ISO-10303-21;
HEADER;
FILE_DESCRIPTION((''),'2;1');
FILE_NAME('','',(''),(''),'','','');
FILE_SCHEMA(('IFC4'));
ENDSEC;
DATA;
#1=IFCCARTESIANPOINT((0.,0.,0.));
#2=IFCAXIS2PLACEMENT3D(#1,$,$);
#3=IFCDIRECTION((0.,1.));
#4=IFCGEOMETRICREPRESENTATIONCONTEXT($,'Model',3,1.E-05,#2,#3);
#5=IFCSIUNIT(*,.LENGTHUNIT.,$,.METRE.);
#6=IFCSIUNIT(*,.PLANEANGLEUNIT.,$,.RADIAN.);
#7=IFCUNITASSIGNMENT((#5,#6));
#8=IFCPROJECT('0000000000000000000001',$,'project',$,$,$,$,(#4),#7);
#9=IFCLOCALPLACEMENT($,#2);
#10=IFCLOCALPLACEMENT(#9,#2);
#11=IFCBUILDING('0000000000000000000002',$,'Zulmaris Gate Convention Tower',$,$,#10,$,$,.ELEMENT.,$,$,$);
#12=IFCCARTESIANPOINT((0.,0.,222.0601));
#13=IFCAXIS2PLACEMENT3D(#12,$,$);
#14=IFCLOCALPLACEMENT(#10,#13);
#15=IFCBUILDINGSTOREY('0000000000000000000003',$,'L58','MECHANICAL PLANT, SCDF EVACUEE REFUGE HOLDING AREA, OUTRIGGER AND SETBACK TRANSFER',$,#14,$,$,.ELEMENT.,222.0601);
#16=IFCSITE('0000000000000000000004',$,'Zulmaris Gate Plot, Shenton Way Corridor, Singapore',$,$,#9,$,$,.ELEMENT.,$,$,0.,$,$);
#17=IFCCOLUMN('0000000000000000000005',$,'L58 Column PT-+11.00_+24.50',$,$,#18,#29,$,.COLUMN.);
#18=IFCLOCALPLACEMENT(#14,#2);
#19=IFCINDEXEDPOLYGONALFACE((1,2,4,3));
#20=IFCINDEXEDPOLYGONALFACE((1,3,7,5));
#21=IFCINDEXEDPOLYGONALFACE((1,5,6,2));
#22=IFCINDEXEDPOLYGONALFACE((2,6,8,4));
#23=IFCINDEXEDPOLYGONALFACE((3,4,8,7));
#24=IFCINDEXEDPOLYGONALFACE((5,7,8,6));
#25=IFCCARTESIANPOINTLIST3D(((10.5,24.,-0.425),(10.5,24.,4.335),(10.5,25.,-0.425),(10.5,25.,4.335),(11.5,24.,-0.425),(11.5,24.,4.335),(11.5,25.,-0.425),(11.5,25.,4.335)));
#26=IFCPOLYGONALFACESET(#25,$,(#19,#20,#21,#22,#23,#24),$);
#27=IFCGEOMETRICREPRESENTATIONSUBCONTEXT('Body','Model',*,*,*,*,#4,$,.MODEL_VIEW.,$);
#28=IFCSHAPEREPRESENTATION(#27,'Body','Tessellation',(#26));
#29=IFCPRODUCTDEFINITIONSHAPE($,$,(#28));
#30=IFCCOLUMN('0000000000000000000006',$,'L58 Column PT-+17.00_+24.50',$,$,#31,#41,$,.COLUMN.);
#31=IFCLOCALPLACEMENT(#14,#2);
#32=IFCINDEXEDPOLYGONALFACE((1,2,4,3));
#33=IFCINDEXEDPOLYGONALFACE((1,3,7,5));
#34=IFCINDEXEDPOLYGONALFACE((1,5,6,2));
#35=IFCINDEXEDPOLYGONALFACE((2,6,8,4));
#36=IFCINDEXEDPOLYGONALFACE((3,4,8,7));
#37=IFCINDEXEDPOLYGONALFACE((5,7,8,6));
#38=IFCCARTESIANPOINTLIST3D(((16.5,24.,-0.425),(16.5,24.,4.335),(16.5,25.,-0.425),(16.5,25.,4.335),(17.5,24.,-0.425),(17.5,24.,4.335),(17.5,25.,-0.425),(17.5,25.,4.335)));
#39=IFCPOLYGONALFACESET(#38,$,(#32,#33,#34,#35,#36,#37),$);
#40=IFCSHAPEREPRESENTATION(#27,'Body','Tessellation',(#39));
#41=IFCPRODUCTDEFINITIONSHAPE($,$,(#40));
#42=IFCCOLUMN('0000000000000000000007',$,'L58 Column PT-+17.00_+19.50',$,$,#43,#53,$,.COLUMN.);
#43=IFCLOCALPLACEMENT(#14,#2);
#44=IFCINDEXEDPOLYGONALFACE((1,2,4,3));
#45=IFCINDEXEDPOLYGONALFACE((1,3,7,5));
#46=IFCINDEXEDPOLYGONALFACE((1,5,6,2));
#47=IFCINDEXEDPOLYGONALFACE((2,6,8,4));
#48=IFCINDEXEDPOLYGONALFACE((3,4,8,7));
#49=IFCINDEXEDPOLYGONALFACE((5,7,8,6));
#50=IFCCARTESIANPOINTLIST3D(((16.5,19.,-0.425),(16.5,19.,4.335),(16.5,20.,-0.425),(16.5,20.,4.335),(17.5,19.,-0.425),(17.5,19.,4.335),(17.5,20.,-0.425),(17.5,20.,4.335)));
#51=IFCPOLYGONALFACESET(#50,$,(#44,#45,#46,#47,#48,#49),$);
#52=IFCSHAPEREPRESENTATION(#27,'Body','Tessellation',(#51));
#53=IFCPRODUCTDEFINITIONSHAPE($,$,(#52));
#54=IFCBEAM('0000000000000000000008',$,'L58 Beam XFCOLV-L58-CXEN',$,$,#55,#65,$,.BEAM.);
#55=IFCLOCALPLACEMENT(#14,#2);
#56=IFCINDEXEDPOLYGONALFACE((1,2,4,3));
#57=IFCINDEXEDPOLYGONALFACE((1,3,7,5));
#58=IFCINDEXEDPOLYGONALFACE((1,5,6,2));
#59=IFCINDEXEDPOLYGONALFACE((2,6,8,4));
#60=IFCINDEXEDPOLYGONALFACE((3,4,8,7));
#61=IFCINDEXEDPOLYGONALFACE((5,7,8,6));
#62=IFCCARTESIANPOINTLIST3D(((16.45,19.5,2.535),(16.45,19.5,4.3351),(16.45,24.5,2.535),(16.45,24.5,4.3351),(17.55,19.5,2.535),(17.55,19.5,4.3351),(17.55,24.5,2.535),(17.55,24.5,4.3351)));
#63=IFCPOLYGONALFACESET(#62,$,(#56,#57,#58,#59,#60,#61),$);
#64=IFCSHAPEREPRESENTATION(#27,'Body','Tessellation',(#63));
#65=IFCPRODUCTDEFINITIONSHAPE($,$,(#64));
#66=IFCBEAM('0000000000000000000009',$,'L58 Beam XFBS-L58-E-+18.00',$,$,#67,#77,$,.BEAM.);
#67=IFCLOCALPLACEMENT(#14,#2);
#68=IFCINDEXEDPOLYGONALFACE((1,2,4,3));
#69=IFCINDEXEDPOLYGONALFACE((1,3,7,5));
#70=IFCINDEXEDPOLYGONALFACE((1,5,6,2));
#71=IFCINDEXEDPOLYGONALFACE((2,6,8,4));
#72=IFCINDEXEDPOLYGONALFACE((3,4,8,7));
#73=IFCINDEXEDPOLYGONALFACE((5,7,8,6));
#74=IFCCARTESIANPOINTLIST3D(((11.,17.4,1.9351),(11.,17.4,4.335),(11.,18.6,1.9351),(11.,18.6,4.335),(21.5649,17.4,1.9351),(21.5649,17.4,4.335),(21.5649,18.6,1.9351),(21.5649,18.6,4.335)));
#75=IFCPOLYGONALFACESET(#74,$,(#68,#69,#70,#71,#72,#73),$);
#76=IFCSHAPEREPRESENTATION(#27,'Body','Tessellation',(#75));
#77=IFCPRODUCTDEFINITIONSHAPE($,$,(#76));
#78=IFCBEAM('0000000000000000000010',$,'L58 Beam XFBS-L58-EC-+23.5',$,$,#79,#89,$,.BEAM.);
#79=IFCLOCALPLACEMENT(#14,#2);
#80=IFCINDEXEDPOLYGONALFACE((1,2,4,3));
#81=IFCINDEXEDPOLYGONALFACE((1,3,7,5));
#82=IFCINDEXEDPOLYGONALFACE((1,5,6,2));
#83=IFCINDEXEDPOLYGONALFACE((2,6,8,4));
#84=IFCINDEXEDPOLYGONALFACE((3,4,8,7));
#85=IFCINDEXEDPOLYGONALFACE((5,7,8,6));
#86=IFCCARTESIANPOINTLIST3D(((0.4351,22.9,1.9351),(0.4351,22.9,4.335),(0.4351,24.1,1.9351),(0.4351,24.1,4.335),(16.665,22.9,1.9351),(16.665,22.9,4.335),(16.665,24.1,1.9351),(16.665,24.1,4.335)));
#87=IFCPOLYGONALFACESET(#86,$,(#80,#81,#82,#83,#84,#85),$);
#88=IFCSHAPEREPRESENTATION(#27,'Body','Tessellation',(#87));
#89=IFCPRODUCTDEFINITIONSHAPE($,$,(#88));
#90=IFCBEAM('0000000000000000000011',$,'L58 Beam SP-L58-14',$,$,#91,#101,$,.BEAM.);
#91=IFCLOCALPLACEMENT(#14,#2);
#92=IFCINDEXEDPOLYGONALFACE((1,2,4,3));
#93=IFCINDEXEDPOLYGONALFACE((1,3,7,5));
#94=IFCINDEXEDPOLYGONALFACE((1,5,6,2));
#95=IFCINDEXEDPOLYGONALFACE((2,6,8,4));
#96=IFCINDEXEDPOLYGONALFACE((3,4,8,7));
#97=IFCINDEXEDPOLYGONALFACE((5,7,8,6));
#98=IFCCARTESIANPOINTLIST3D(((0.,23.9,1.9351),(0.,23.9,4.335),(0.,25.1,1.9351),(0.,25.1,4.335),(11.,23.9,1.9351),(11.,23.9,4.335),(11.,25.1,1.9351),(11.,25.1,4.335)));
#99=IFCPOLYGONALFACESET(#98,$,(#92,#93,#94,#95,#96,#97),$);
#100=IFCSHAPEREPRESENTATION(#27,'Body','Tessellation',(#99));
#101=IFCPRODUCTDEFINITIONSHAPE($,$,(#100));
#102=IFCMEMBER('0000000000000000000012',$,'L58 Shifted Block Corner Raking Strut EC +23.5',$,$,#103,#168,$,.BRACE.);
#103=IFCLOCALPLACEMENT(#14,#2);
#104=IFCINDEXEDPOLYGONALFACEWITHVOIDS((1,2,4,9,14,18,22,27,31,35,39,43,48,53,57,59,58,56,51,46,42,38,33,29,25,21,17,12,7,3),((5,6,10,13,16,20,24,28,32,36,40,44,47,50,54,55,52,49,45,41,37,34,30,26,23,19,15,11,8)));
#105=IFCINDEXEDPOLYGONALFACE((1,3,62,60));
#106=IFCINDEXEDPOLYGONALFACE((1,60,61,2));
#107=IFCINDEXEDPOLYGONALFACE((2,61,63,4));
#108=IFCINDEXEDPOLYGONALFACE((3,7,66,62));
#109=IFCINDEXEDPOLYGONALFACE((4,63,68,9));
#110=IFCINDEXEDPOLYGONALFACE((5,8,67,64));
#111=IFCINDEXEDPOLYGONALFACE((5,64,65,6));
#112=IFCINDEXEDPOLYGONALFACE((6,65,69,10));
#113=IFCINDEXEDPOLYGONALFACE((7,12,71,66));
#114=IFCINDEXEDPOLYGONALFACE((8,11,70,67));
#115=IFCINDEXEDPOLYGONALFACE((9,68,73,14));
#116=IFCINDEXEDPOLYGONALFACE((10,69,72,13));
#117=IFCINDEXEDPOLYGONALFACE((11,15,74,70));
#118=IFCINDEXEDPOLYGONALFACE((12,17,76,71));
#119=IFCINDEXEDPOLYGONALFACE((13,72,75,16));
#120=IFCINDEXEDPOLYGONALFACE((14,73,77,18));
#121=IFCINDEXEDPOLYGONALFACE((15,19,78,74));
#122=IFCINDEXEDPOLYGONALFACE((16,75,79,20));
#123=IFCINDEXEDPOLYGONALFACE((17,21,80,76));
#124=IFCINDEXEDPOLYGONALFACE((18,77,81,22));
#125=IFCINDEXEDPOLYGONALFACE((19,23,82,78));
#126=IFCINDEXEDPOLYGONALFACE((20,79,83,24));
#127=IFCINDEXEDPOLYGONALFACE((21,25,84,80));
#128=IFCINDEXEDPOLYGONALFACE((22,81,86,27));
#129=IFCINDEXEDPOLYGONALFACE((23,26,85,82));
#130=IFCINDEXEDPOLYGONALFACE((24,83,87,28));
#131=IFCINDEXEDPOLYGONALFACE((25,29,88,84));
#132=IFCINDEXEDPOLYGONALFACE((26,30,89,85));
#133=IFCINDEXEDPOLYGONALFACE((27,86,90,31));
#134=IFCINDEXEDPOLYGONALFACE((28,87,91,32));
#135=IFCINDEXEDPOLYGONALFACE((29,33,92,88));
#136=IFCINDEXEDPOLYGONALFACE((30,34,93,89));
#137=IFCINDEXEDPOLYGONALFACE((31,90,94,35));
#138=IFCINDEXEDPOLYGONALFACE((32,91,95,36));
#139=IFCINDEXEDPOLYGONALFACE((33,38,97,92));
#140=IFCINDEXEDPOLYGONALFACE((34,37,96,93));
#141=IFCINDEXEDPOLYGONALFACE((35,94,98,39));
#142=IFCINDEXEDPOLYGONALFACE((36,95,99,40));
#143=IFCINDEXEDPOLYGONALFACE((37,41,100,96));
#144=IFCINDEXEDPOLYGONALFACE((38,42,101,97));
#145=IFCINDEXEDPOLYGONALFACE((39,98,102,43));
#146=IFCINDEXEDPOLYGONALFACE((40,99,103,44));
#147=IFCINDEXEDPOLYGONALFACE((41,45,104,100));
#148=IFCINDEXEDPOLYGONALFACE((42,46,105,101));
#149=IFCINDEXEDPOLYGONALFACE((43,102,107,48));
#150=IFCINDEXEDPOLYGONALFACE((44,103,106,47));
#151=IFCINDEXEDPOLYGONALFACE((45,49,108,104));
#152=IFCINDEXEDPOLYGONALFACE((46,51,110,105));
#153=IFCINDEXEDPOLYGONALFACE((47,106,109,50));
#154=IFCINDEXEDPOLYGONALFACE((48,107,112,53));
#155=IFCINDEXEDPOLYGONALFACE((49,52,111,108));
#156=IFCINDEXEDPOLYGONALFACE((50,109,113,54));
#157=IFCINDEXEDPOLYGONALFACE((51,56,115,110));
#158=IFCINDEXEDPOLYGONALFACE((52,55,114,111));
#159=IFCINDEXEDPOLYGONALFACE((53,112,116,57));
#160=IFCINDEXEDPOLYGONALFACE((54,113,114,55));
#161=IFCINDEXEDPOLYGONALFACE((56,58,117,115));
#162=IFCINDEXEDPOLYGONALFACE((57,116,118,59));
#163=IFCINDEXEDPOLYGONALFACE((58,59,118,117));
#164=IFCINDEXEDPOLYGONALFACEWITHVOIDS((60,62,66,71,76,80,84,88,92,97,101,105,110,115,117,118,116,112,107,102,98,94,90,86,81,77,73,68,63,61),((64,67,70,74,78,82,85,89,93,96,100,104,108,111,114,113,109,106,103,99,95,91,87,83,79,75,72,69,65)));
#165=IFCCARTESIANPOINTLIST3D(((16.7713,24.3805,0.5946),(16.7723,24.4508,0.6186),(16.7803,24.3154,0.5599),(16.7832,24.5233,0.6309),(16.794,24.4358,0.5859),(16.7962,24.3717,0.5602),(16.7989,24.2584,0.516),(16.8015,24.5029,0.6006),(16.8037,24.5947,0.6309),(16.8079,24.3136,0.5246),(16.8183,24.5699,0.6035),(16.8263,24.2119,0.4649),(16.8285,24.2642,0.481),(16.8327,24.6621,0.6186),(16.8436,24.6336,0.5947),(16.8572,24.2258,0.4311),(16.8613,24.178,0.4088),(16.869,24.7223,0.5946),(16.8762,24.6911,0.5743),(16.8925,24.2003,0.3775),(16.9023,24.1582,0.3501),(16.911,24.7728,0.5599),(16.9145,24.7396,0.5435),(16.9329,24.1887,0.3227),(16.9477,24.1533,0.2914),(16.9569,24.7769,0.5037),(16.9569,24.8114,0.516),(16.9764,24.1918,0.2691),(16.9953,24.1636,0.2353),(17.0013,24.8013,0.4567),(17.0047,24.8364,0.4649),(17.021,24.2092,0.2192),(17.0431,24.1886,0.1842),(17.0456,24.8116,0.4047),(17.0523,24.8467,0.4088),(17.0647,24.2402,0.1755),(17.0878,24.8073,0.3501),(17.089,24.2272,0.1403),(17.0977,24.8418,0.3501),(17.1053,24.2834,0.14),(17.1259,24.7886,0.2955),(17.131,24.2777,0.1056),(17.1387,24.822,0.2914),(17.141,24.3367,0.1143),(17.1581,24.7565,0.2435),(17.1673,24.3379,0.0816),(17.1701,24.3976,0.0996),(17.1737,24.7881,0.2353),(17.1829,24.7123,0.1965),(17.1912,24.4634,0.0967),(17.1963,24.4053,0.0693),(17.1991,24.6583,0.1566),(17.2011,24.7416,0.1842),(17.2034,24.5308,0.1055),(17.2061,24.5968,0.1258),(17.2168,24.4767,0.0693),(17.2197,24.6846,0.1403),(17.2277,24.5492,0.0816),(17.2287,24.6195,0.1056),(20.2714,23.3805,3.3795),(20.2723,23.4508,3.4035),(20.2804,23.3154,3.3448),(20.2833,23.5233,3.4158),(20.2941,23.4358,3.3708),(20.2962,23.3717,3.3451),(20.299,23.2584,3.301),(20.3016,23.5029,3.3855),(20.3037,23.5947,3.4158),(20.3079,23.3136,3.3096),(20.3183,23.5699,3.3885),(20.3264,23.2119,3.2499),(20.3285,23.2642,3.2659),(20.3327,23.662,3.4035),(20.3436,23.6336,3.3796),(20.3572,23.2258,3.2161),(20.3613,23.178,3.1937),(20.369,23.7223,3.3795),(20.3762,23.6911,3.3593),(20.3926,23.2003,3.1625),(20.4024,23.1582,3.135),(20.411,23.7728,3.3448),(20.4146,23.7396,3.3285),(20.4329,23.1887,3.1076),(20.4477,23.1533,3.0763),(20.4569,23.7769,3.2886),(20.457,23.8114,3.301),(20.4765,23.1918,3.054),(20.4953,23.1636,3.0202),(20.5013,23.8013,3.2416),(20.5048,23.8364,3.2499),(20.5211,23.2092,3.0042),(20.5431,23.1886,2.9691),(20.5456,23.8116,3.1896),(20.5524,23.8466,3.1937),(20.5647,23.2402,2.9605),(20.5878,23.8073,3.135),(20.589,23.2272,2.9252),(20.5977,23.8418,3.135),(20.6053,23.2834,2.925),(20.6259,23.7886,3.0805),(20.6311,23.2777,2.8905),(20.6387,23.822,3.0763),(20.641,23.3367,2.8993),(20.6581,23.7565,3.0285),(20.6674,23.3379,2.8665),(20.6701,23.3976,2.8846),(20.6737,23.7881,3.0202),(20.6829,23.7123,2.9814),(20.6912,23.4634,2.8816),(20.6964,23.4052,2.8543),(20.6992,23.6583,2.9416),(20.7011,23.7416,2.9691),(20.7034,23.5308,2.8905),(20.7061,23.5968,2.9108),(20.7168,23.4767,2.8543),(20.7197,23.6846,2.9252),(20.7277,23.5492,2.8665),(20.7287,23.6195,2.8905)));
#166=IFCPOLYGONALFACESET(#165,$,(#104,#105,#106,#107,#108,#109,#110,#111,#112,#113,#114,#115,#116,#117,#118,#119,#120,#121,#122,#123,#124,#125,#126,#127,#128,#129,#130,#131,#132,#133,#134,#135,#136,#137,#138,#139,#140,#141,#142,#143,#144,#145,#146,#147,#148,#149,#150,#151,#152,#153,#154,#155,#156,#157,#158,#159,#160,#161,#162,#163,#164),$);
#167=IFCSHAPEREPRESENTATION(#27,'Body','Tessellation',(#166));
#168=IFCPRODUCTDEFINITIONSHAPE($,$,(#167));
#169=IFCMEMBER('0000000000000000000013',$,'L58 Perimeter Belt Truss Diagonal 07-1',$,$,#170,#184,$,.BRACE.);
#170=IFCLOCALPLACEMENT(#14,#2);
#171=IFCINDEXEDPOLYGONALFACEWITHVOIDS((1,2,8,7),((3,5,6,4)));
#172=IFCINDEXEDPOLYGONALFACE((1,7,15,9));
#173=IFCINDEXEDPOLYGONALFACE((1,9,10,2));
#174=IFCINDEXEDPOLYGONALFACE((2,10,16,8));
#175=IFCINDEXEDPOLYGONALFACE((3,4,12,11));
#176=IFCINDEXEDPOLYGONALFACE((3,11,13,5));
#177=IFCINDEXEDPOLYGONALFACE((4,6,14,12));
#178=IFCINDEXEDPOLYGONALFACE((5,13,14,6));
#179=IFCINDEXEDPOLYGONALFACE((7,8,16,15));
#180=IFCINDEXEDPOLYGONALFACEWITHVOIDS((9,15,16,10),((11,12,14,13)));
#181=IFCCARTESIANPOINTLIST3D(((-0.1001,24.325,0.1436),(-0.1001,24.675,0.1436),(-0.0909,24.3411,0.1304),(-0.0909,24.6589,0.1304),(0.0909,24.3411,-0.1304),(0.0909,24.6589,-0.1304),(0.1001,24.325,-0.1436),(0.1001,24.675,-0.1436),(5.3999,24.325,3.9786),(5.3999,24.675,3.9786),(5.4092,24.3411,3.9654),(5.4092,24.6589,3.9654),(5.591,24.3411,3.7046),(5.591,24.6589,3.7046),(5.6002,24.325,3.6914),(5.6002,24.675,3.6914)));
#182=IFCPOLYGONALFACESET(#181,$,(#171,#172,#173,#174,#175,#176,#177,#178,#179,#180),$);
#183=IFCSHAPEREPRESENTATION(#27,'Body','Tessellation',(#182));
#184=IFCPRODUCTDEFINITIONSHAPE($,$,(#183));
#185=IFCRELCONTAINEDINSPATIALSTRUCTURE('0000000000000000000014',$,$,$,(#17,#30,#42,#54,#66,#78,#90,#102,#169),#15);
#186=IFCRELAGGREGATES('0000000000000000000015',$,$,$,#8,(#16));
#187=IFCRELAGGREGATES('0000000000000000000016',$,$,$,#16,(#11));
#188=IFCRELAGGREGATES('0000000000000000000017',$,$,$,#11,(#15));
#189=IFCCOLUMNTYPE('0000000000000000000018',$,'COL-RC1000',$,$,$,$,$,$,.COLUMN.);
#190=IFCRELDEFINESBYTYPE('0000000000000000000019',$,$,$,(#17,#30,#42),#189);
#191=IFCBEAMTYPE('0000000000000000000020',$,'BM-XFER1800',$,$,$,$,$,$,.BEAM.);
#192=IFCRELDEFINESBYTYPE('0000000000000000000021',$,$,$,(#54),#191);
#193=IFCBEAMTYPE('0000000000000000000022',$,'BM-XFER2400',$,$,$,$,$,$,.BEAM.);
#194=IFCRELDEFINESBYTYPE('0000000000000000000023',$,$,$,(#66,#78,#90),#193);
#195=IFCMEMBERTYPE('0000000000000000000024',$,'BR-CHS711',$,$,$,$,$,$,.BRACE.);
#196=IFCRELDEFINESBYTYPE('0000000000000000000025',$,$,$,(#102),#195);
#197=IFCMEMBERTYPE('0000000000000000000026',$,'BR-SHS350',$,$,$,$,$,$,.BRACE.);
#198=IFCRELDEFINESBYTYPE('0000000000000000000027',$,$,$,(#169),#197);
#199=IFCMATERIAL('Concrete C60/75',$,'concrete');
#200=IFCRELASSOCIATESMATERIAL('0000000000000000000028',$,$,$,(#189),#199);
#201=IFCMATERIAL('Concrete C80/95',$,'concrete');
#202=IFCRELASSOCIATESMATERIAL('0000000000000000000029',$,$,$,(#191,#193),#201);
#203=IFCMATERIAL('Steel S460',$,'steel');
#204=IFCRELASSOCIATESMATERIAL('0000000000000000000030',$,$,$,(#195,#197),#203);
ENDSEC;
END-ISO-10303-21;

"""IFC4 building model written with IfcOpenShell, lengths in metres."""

from ifc_helpers import new_model, si_unit, direction, frame, origin, origin_2d, place, context, subcontext, project, spatial, rectangle, hollow_rectangle, hollow_circle, extrude, material, material_profile, profile_set, type_object, element, save


model = new_model("IFC4")

# Units and contexts
model_context = context("Model", 3, precision=1e-05, world=origin(), true_north=direction((0.0, 1.0)))
body_context = subcontext(model_context, "Body", "Model", "MODEL_VIEW")
ifc_project = project(units=[si_unit("LENGTHUNIT", "METRE"), si_unit("PLANEANGLEUNIT", "RADIAN")], contexts=[model_context])

# Site, building, storey
site_placement = place(None, origin())
site = spatial("IfcSite", under=ifc_project, at=site_placement, Name="Zulmaris Gate Plot, Shenton Way Corridor, Singapore", CompositionType="ELEMENT", RefElevation=0.0)
building_placement = place(site_placement, origin())
building = spatial("IfcBuilding", under=site, at=building_placement, Name="Zulmaris Gate Convention Tower", CompositionType="ELEMENT")
storey_placement = place(building_placement, frame((0.0, 0.0, 222.0601)))
storey = spatial("IfcBuildingStorey", under=building, at=storey_placement, Name="L58", Description="MECHANICAL PLANT, SCDF EVACUEE REFUGE HOLDING AREA, OUTRIGGER AND SETBACK TRANSFER", CompositionType="ELEMENT", Elevation=222.0601)

# Columns
ifc_material_1 = material(Name="Concrete C60/75", Category="concrete")
ifc_material_profile_1 = material_profile(ifc_material_1, rectangle(XDim=1.0, YDim=1.0, at=origin_2d()), Name="RC COL 1000x1000")
ifc_profile_set_1 = profile_set([ifc_material_profile_1], Name="Concrete C60/75")
column_type = type_object("IfcColumnType", Name="COL-RC1000", PredefinedType="COLUMN", material=ifc_profile_set_1)
for number, where, z_axis, x_axis, name in (
    (1, (11.0, 24.5, -0.425), (0.0, 0.0, 1.0), (1.0, 0.0, 0.0), "L58 Column PT-+11.00_+24.50"),
    (2, (17.0, 24.5, -0.425), (0.0, 0.0, 1.0), (1.0, 0.0, 0.0), "L58 Column PT-+17.00_+24.50"),
    (3, (17.0, 19.5, -0.425), (0.0, 0.0, 1.0), (1.0, 0.0, 0.0), "L58 Column PT-+17.00_+19.50"),
):
    element("IfcColumn", number, at=place(storey_placement, frame(where, z_axis=z_axis, x_axis=x_axis)), inside=storey, type_object=column_type, Name=name, PredefinedType="COLUMN", context=body_context, shape_type="SweptSolid", body=[
        extrude(rectangle(XDim=1.0, YDim=1.0, at=origin_2d()), origin(), (0.0, 0.0, 1.0), 4.76),
    ])

# Beams
ifc_material_2 = material(Name="Concrete C80/95", Category="concrete")
ifc_material_profile_2 = material_profile(ifc_material_2, rectangle(XDim=1.1001, YDim=1.8, at=origin_2d()), Name="RC TRANSFER 1100x1800")
ifc_profile_set_2 = profile_set([ifc_material_profile_2], Name="Concrete C80/95")
beam_type_1 = type_object("IfcBeamType", Name="BM-XFER1800", PredefinedType="BEAM", material=ifc_profile_set_2)
beam_1_placement = place(storey_placement, frame((17.0, 19.5, 3.4351), z_axis=(0.0, 1.0, 0.0), x_axis=(-1.0, 0.0, 0.0)))
element("IfcBeam", 4, at=beam_1_placement, inside=storey, type_object=beam_type_1, Name="L58 Beam XFCOLV-L58-CXEN", PredefinedType="BEAM", context=body_context, shape_type="SweptSolid", body=[
    extrude(rectangle(XDim=1.1001, YDim=1.8, at=origin_2d()), origin(), (0.0, 0.0, 1.0), 5.0),
])
ifc_material_profile_3 = material_profile(ifc_material_2, rectangle(XDim=1.2, YDim=2.3999, at=origin_2d()), Name="RC TRANSFER 1200x2400")
ifc_profile_set_3 = profile_set([ifc_material_profile_3], Name="Concrete C80/95")
beam_type_2 = type_object("IfcBeamType", Name="BM-XFER2400", PredefinedType="BEAM", material=ifc_profile_set_3)
beam_2_placement = place(storey_placement, frame((11.0, 18.0, 3.135), z_axis=(1.0, 0.0, 0.0), x_axis=(0.0, 1.0, 0.0)))
element("IfcBeam", 5, at=beam_2_placement, inside=storey, type_object=beam_type_2, Name="L58 Beam XFBS-L58-E-+18.00", PredefinedType="BEAM", context=body_context, shape_type="SweptSolid", body=[
    extrude(rectangle(XDim=1.2, YDim=2.3999, at=origin_2d()), origin(), (0.0, 0.0, 1.0), 10.5649),
])
beam_3_placement = place(storey_placement, frame((0.4351, 23.5, 3.135), z_axis=(1.0, 0.0, 0.0), x_axis=(0.0, 1.0, 0.0)))
element("IfcBeam", 6, at=beam_3_placement, inside=storey, type_object=beam_type_2, Name="L58 Beam XFBS-L58-EC-+23.5", PredefinedType="BEAM", context=body_context, shape_type="SweptSolid", body=[
    extrude(rectangle(XDim=1.2, YDim=2.3999, at=origin_2d()), origin(), (0.0, 0.0, 1.0), 16.23),
])
beam_4_placement = place(storey_placement, frame((11.0, 24.5, 3.135), z_axis=(-1.0, 0.0, 0.0), x_axis=(0.0, -1.0, 0.0)))
element("IfcBeam", 7, at=beam_4_placement, inside=storey, type_object=beam_type_2, Name="L58 Beam SP-L58-14", PredefinedType="BEAM", context=body_context, shape_type="SweptSolid", body=[
    extrude(rectangle(XDim=1.2, YDim=2.3999, at=origin_2d()), origin(), (0.0, 0.0, 1.0), 11.0),
])

# Members
ifc_material_3 = material(Name="Steel S460", Category="steel")
ifc_material_profile_4 = material_profile(ifc_material_3, hollow_circle(Radius=0.3555, WallThickness=0.0359, at=origin_2d()), Name="CHS 711x36")
ifc_profile_set_4 = profile_set([ifc_material_profile_4], Name="Steel S460")
member_type_1 = type_object("IfcMemberType", Name="BR-CHS711", PredefinedType="BRACE", material=ifc_profile_set_4)
member_placement = place(storey_placement, frame((17.0, 24.5, 0.3501), z_axis=(0.763658, -0.218188, 0.607635), x_axis=(0.274721, 0.961524, 0.0)))
element("IfcMember", 8, at=member_placement, inside=storey, type_object=member_type_1, Name="L58 Shifted Block Corner Raking Strut EC +23.5", PredefinedType="BRACE", context=body_context, shape_type="SweptSolid", body=[
    extrude(hollow_circle(Radius=0.3555, WallThickness=0.0359, at=origin_2d()), origin(), (0.0, 0.0, 1.0), 4.5833),
])
ifc_material_profile_5 = material_profile(ifc_material_3, hollow_rectangle(XDim=0.3501, YDim=0.3501, WallThickness=0.0161, at=origin_2d()), Name="SHS 350x350x16")
ifc_profile_set_5 = profile_set([ifc_material_profile_5], Name="Steel S460")
member_type_2 = type_object("IfcMemberType", Name="BR-SHS350", PredefinedType="BRACE", material=ifc_profile_set_5)
for number, where, z_axis, x_axis, name in (
    (9, (0.0, 24.5, 0.0), (0.820284, 0.0, 0.571956), (0.0, 1.0, 0.0), "L58 Perimeter Belt Truss Diagonal 07-1"),
):
    element("IfcMember", number, at=place(storey_placement, frame(where, z_axis=z_axis, x_axis=x_axis)), inside=storey, type_object=member_type_2, Name=name, PredefinedType="BRACE", context=body_context, shape_type="SweptSolid", body=[
        extrude(hollow_rectangle(XDim=0.3501, YDim=0.3501, WallThickness=0.0161, at=origin_2d()), origin(), (0.0, 0.0, 1.0), 6.7051),
    ])

save(model, "model.ifc")
